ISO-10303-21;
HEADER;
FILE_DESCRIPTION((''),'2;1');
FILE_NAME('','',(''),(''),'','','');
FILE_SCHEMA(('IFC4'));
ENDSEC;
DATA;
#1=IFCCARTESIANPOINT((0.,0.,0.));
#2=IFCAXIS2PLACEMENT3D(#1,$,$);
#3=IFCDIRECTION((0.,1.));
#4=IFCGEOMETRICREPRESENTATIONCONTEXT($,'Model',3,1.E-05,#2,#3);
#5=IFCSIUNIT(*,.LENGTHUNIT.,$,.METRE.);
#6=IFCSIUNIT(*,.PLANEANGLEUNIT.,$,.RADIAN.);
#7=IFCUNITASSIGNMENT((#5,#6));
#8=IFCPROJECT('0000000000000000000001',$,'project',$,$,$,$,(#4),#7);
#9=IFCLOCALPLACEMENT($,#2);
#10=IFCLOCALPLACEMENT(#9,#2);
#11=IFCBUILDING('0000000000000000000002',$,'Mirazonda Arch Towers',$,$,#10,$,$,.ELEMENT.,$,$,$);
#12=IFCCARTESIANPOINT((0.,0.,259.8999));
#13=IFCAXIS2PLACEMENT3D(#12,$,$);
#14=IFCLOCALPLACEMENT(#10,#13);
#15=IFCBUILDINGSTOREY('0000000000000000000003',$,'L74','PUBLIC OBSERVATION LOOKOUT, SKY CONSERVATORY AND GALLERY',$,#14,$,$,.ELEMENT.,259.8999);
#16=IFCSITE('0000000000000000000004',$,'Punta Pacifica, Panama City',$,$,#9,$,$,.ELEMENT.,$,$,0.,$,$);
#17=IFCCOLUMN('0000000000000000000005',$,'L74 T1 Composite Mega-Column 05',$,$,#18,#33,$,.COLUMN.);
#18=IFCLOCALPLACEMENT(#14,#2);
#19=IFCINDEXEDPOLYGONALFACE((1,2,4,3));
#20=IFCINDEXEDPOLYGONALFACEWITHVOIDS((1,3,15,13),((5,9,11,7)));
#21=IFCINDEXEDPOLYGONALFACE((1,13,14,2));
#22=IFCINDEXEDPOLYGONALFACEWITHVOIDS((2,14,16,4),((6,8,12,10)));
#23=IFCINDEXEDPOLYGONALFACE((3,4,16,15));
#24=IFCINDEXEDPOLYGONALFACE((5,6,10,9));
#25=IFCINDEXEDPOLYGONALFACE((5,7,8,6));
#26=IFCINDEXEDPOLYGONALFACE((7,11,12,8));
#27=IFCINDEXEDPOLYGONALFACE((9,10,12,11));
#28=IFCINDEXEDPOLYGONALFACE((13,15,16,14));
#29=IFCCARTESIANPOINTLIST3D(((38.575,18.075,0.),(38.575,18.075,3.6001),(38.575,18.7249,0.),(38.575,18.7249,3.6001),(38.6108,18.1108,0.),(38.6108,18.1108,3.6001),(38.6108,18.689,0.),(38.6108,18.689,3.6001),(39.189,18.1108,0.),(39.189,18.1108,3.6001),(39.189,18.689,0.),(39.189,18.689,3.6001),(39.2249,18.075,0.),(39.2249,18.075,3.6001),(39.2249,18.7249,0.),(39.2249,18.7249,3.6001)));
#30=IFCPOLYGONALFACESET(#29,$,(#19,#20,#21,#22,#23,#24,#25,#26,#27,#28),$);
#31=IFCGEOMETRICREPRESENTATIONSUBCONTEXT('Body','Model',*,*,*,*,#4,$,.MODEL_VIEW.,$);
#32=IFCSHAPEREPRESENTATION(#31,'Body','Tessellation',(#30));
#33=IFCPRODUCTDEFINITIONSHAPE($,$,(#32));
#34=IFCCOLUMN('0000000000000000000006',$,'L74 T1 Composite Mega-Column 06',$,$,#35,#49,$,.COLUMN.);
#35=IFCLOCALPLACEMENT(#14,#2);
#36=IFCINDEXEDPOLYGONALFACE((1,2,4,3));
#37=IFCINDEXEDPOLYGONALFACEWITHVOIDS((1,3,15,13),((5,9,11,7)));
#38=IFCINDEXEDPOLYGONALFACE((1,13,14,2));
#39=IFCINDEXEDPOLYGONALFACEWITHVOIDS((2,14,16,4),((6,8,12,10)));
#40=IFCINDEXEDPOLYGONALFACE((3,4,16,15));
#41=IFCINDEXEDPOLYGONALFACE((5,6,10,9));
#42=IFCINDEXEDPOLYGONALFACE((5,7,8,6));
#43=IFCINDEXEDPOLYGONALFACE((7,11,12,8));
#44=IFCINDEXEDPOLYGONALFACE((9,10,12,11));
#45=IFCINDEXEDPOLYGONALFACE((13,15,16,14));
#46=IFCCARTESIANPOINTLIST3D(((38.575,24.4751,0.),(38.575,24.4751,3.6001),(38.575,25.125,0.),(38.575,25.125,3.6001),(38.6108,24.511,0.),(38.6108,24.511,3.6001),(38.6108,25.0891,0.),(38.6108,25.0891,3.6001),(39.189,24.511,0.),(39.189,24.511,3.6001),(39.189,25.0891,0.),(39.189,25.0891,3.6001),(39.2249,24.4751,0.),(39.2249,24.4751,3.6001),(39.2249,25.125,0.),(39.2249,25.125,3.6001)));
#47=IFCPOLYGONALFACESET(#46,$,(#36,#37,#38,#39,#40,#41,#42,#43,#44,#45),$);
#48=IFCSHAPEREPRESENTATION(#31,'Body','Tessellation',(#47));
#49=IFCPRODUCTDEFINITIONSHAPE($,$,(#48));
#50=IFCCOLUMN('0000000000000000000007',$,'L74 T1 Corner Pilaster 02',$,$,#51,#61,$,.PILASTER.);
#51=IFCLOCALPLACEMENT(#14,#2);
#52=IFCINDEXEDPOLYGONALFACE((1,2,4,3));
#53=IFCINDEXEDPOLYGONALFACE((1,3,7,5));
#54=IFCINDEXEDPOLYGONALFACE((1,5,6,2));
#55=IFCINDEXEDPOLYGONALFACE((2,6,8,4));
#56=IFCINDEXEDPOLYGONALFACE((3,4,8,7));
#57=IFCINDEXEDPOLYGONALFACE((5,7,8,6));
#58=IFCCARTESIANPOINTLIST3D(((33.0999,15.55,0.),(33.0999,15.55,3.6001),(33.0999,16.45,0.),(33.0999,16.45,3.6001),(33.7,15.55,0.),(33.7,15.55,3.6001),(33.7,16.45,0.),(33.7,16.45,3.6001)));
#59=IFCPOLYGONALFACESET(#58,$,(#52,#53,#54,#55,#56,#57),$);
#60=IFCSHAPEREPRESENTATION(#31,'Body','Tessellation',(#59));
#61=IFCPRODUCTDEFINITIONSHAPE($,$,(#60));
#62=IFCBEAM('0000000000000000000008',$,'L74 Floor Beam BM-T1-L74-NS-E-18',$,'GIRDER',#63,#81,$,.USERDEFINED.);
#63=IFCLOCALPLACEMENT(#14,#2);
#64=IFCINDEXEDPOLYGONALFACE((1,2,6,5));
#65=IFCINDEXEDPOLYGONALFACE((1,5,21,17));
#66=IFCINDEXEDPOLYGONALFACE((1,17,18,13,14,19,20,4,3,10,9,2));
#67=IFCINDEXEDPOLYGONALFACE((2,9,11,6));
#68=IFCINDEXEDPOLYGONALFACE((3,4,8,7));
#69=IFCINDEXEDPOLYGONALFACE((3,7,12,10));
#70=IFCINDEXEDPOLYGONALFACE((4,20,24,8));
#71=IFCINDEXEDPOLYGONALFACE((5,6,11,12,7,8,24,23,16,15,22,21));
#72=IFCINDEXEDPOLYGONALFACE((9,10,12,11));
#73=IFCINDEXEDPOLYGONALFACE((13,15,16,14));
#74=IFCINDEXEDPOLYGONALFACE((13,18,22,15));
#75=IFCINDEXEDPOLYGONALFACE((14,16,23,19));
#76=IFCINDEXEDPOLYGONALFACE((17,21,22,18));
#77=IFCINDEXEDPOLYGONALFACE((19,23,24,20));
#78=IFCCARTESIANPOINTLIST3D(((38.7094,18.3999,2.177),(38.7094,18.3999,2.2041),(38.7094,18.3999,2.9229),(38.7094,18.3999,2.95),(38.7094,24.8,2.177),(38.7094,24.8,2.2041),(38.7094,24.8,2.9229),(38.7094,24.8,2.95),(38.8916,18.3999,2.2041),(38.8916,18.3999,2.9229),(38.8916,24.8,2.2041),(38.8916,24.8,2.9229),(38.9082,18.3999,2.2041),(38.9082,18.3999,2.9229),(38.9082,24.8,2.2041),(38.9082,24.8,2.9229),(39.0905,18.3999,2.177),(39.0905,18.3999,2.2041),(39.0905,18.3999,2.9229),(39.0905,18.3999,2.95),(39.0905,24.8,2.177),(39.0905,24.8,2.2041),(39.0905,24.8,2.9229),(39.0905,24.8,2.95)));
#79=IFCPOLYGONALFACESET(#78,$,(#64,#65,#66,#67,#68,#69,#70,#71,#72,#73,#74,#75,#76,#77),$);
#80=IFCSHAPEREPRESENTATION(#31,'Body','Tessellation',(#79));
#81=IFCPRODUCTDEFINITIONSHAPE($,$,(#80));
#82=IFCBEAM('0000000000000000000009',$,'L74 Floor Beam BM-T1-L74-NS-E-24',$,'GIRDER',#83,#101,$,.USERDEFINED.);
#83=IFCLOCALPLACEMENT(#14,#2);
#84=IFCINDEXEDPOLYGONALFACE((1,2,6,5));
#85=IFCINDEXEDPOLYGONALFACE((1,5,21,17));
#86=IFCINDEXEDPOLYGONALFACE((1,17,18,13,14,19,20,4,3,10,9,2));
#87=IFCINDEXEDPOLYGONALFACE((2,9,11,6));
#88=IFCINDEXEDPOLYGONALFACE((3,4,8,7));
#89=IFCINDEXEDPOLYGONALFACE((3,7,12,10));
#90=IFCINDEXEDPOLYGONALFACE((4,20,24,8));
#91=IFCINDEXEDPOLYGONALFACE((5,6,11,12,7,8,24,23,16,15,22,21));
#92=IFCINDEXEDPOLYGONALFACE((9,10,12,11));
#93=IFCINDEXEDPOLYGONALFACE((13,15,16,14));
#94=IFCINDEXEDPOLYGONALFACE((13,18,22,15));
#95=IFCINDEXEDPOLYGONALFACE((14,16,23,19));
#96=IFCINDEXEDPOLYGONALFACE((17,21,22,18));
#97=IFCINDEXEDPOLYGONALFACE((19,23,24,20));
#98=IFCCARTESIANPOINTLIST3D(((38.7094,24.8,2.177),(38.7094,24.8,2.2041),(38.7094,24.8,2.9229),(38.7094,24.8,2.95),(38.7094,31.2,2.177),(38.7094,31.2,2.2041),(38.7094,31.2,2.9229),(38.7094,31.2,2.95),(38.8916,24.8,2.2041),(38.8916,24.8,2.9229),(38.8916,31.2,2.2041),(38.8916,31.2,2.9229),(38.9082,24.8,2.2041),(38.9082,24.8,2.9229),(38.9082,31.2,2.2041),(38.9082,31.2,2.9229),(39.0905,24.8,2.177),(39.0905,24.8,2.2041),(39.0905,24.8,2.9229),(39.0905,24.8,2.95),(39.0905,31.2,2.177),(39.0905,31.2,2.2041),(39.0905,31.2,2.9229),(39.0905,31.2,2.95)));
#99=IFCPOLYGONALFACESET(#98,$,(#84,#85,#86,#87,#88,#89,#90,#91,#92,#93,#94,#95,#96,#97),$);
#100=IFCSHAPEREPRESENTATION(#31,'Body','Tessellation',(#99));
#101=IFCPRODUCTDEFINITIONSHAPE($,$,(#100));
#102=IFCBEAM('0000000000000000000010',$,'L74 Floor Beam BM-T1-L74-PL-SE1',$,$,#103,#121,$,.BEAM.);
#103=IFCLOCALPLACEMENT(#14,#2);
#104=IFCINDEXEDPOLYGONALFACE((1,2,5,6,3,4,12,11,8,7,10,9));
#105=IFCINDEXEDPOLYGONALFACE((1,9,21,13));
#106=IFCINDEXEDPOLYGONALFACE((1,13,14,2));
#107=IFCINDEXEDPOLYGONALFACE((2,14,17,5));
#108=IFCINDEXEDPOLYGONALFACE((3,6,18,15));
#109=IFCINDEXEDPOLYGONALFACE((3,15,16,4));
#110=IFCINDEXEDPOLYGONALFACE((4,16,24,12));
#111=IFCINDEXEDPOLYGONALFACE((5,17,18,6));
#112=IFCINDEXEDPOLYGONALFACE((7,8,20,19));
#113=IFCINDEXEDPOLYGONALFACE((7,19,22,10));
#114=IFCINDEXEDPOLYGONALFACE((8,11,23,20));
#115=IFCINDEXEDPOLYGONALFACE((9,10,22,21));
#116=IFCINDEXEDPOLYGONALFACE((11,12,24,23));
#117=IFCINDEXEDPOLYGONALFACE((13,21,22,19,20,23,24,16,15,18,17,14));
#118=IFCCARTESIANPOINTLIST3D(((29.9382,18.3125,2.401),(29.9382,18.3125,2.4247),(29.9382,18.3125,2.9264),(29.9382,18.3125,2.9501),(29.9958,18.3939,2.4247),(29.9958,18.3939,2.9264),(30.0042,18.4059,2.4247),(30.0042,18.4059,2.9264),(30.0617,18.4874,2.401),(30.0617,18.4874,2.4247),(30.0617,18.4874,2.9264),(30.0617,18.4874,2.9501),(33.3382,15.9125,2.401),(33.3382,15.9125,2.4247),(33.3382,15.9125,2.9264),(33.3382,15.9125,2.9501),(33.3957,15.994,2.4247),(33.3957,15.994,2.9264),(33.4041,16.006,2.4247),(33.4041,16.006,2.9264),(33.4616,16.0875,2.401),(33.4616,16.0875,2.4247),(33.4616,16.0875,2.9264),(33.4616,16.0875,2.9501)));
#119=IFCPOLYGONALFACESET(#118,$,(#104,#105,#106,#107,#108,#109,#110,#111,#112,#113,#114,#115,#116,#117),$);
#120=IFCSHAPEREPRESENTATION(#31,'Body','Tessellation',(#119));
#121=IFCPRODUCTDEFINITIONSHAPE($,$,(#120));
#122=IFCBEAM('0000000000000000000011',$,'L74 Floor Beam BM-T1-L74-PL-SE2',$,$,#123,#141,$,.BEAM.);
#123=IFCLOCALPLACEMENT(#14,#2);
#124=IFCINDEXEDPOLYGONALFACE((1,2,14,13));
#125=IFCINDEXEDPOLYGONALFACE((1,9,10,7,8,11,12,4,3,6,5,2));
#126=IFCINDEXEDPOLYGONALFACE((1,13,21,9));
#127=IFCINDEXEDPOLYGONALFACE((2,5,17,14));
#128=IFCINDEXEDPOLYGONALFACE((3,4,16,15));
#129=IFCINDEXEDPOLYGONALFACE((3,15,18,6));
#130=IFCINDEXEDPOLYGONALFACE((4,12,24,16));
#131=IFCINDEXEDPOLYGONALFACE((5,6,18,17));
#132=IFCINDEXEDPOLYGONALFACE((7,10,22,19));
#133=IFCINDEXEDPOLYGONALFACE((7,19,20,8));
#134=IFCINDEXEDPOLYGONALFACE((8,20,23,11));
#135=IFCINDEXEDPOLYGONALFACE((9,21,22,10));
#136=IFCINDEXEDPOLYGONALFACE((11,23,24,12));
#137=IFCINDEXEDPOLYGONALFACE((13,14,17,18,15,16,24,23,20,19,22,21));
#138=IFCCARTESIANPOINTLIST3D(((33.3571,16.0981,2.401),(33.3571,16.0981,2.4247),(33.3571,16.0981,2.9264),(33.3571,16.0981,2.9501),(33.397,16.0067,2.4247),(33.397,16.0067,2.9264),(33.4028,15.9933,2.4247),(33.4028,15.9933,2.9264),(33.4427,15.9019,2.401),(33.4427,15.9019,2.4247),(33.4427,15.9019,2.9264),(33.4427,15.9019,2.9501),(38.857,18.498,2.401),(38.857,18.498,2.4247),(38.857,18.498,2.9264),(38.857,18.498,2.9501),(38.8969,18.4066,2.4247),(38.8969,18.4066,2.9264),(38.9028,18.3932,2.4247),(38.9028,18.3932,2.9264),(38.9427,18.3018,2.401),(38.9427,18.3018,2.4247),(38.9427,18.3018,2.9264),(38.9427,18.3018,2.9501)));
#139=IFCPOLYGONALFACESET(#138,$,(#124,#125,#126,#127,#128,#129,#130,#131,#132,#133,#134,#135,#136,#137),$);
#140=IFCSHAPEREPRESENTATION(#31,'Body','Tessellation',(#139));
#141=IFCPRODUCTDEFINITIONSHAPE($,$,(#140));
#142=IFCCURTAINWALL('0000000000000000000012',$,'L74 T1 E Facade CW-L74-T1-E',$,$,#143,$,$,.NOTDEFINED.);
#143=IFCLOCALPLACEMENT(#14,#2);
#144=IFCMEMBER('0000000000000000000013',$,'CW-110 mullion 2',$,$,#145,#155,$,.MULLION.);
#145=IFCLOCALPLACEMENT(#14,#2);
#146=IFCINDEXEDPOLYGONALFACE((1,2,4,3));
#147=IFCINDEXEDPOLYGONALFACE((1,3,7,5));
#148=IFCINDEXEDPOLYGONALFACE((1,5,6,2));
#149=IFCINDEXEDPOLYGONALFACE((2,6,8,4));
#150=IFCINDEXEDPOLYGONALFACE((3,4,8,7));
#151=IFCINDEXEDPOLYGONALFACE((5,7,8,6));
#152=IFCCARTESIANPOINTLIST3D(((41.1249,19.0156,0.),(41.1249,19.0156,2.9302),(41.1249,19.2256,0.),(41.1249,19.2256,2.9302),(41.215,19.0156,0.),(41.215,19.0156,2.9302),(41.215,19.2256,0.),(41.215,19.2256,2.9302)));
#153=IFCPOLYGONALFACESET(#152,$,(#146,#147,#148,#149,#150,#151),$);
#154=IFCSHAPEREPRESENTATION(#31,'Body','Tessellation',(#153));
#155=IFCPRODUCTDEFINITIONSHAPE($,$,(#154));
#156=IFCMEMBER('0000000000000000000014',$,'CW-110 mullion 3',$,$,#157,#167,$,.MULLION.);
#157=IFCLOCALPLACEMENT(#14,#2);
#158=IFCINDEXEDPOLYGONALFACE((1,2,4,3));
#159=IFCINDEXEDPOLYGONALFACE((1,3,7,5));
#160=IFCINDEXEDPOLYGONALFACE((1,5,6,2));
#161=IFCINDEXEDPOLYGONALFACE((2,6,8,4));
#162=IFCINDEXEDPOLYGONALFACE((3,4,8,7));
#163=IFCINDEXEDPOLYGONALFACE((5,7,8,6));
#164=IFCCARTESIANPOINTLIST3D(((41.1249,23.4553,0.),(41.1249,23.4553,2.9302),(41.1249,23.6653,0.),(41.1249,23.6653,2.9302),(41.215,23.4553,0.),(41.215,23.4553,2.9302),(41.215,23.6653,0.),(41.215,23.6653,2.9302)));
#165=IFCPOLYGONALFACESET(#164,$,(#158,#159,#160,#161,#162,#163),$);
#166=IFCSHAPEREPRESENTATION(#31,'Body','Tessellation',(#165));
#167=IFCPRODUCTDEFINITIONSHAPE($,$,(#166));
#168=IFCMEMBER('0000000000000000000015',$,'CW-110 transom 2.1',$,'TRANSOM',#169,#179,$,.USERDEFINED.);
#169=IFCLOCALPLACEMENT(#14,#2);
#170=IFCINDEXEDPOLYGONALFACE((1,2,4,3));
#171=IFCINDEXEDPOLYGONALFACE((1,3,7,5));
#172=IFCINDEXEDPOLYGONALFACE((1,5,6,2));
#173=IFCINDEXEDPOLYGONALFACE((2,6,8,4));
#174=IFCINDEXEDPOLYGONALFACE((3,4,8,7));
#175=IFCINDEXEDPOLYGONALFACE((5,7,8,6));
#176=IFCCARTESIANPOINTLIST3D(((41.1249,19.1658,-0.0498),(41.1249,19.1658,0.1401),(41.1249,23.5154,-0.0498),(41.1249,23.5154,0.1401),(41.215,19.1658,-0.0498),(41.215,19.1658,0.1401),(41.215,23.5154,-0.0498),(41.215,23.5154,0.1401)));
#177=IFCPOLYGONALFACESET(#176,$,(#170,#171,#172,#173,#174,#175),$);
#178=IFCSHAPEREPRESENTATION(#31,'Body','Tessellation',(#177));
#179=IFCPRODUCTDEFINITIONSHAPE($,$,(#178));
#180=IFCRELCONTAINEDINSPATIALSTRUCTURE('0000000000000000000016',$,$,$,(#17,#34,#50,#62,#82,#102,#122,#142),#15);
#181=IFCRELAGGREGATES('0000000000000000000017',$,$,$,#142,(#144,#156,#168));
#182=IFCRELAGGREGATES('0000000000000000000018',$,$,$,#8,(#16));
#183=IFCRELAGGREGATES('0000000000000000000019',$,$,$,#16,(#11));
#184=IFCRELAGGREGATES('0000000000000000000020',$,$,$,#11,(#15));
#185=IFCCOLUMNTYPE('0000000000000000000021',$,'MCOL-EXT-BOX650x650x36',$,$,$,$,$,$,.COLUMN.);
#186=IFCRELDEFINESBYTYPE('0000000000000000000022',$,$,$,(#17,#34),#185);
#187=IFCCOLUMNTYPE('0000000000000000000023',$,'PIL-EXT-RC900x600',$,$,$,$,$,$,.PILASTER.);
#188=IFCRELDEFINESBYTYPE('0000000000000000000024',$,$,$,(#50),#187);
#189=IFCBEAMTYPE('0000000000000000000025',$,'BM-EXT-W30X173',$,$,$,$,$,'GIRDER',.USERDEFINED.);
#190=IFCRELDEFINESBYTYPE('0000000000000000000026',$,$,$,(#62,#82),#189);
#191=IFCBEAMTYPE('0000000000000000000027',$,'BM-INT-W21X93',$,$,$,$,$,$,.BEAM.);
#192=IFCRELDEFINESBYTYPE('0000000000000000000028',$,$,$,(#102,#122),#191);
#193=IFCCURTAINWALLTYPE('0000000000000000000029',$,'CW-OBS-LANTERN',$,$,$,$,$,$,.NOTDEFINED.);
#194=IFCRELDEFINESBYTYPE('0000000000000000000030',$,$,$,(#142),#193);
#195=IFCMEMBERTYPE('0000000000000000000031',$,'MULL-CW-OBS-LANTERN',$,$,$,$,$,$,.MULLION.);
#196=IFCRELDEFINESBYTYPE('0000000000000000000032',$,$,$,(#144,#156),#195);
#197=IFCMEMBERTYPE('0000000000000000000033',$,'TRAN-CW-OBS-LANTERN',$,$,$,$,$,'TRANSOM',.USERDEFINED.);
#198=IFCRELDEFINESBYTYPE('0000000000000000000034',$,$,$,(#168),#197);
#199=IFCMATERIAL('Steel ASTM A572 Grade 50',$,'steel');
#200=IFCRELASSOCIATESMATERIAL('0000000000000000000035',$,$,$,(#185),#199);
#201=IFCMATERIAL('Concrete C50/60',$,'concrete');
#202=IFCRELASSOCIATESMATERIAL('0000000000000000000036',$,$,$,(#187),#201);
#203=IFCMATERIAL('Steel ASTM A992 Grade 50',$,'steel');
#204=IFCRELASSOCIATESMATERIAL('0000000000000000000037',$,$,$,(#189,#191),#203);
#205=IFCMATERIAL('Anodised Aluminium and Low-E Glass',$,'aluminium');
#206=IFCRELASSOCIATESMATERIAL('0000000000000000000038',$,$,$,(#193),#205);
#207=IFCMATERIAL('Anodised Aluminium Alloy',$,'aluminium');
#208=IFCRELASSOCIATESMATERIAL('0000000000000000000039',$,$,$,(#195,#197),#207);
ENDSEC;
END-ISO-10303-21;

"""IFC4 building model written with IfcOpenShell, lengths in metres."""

from ifc_helpers import new_model, si_unit, direction, frame, origin, origin_2d, place, context, subcontext, project, spatial, rectangle, hollow_rectangle, i_section, extrude, material, material_profile, profile_set, type_object, element, aggregate, save


model = new_model("IFC4")

# Units and contexts
model_context = context("Model", 3, precision=1e-05, world=origin(), true_north=direction((0.0, 1.0)))
body_context = subcontext(model_context, "Body", "Model", "MODEL_VIEW")
ifc_project = project(units=[si_unit("LENGTHUNIT", "METRE"), si_unit("PLANEANGLEUNIT", "RADIAN")], contexts=[model_context])

# Site, building, storey
site_placement = place(None, origin())
site = spatial("IfcSite", under=ifc_project, at=site_placement, Name="Punta Pacifica, Panama City", CompositionType="ELEMENT", RefElevation=0.0)
building_placement = place(site_placement, origin())
building = spatial("IfcBuilding", under=site, at=building_placement, Name="Mirazonda Arch Towers", CompositionType="ELEMENT")
storey_placement = place(building_placement, frame((0.0, 0.0, 259.8999)))
storey = spatial("IfcBuildingStorey", under=building, at=storey_placement, Name="L74", Description="PUBLIC OBSERVATION LOOKOUT, SKY CONSERVATORY AND GALLERY", CompositionType="ELEMENT", Elevation=259.8999)

# Columns
ifc_material_1 = material(Name="Steel ASTM A572 Grade 50", Category="steel")
ifc_material_profile_1 = material_profile(ifc_material_1, hollow_rectangle(XDim=0.6499, YDim=0.6499, WallThickness=0.0359, at=origin_2d()), Name="BOX650x650x36")
ifc_profile_set_1 = profile_set([ifc_material_profile_1], Name="Steel ASTM A572 Grade 50")
column_type_1 = type_object("IfcColumnType", Name="MCOL-EXT-BOX650x650x36", PredefinedType="COLUMN", material=ifc_profile_set_1)
for number, where, z_axis, x_axis, name in (
    (1, (38.8999, 18.3999, 0.0), (0.0, 0.0, 1.0), (1.0, 0.0, 0.0), "L74 T1 Composite Mega-Column 05"),
    (2, (38.8999, 24.8, 0.0), (0.0, 0.0, 1.0), (1.0, 0.0, 0.0), "L74 T1 Composite Mega-Column 06"),
):
    element("IfcColumn", number, at=place(storey_placement, frame(where, z_axis=z_axis, x_axis=x_axis)), inside=storey, type_object=column_type_1, Name=name, PredefinedType="COLUMN", context=body_context, shape_type="SweptSolid", body=[
        extrude(hollow_rectangle(XDim=0.6499, YDim=0.6499, WallThickness=0.0359, at=origin_2d()), origin(), (0.0, 0.0, 1.0), 3.6001),
    ])
ifc_material_2 = material(Name="Concrete C50/60", Category="concrete")
ifc_material_profile_2 = material_profile(ifc_material_2, rectangle(XDim=0.6001, YDim=0.8999, at=origin_2d()), Name="RC900x600")
ifc_profile_set_2 = profile_set([ifc_material_profile_2], Name="Concrete C50/60")
column_type_2 = type_object("IfcColumnType", Name="PIL-EXT-RC900x600", PredefinedType="PILASTER", material=ifc_profile_set_2)
column_placement = place(storey_placement, frame((33.3999, 16.0, 0.0), z_axis=(0.0, 0.0, 1.0), x_axis=(1.0, 0.0, 0.0)))
element("IfcColumn", 3, at=column_placement, inside=storey, type_object=column_type_2, Name="L74 T1 Corner Pilaster 02", PredefinedType="PILASTER", context=body_context, shape_type="SweptSolid", body=[
    extrude(rectangle(XDim=0.6001, YDim=0.8999, at=origin_2d()), origin(), (0.0, 0.0, 1.0), 3.6001),
])

# Beams
ifc_material_3 = material(Name="Steel ASTM A992 Grade 50", Category="steel")
ifc_material_profile_3 = material_profile(ifc_material_3, i_section(OverallWidth=0.3811, OverallDepth=0.7729, WebThickness=0.0166, FlangeThickness=0.0271, at=origin_2d()), Name="W30X173")
ifc_profile_set_3 = profile_set([ifc_material_profile_3], Name="Steel ASTM A992 Grade 50")
beam_type_1 = type_object("IfcBeamType", Name="BM-EXT-W30X173", ElementType="GIRDER", PredefinedType="USERDEFINED", material=ifc_profile_set_3)
beam_1_placement = place(storey_placement, frame((38.8999, 18.3999, 2.5635), z_axis=(0.0, 1.0, 0.0), x_axis=(-1.0, 0.0, 0.0)))
element("IfcBeam", 4, at=beam_1_placement, inside=storey, type_object=beam_type_1, Name="L74 Floor Beam BM-T1-L74-NS-E-18", ObjectType="GIRDER", PredefinedType="USERDEFINED", context=body_context, shape_type="SweptSolid", body=[
    extrude(i_section(OverallWidth=0.3811, OverallDepth=0.7729, WebThickness=0.0166, FlangeThickness=0.0271, at=origin_2d()), origin(), (0.0, 0.0, 1.0), 6.4001),
])
beam_2_placement = place(storey_placement, frame((38.8999, 24.8, 2.5635), z_axis=(0.0, 1.0, 0.0), x_axis=(-1.0, 0.0, 0.0)))
element("IfcBeam", 5, at=beam_2_placement, inside=storey, type_object=beam_type_1, Name="L74 Floor Beam BM-T1-L74-NS-E-24", ObjectType="GIRDER", PredefinedType="USERDEFINED", context=body_context, shape_type="SweptSolid", body=[
    extrude(i_section(OverallWidth=0.3811, OverallDepth=0.7729, WebThickness=0.0166, FlangeThickness=0.0271, at=origin_2d()), origin(), (0.0, 0.0, 1.0), 6.3999),
])
ifc_material_profile_4 = material_profile(ifc_material_3, i_section(OverallWidth=0.2141, OverallDepth=0.5491, WebThickness=0.0146, FlangeThickness=0.0237, at=origin_2d()), Name="W21X93")
ifc_profile_set_4 = profile_set([ifc_material_profile_4], Name="Steel ASTM A992 Grade 50")
beam_type_2 = type_object("IfcBeamType", Name="BM-INT-W21X93", PredefinedType="BEAM", material=ifc_profile_set_4)
beam_3_placement = place(storey_placement, frame((33.3999, 16.0, 2.6755), z_axis=(-0.816971, 0.576679, 0.0), x_axis=(-0.576679, -0.816971, 0.0)))
element("IfcBeam", 6, at=beam_3_placement, inside=storey, type_object=beam_type_2, Name="L74 Floor Beam BM-T1-L74-PL-SE1", PredefinedType="BEAM", context=body_context, shape_type="SweptSolid", body=[
    extrude(i_section(OverallWidth=0.2141, OverallDepth=0.5491, WebThickness=0.0146, FlangeThickness=0.0237, at=origin_2d()), origin(), (0.0, 0.0, 1.0), 4.1616),
])
beam_4_placement = place(storey_placement, frame((33.3999, 16.0, 2.6755), z_axis=(0.916545, 0.399931, 0.0), x_axis=(-0.399931, 0.916545, 0.0)))
element("IfcBeam", 7, at=beam_4_placement, inside=storey, type_object=beam_type_2, Name="L74 Floor Beam BM-T1-L74-PL-SE2", PredefinedType="BEAM", context=body_context, shape_type="SweptSolid", body=[
    extrude(i_section(OverallWidth=0.2141, OverallDepth=0.5491, WebThickness=0.0146, FlangeThickness=0.0237, at=origin_2d()), origin(), (0.0, 0.0, 1.0), 6.0007),
])

# Curtain wall, members
ifc_material_4 = material(Name="Anodised Aluminium and Low-E Glass", Category="aluminium")
curtain_wall_type = type_object("IfcCurtainWallType", Name="CW-OBS-LANTERN", PredefinedType="NOTDEFINED", material=ifc_material_4)
curtain_wall_placement = place(storey_placement, origin())
curtain_wall = element("IfcCurtainWall", 8, at=curtain_wall_placement, inside=storey, type_object=curtain_wall_type, Name="L74 T1 E Facade CW-L74-T1-E", PredefinedType="NOTDEFINED")
ifc_material_5 = material(Name="Anodised Aluminium Alloy", Category="aluminium")
ifc_material_profile_5 = material_profile(ifc_material_5, rectangle(XDim=0.0901, YDim=0.21, at=origin_2d()), Name="ALU-MULL-90x210")
ifc_profile_set_5 = profile_set([ifc_material_profile_5], Name="Anodised Aluminium Alloy")
member_type_1 = type_object("IfcMemberType", Name="MULL-CW-OBS-LANTERN", PredefinedType="MULLION", material=ifc_profile_set_5)
member_1_placement = place(storey_placement, frame((41.1699, 19.1206, 0.0), z_axis=(0.0, 0.0, 1.0), x_axis=(-1.0, 0.0, 0.0)))
member_1 = element("IfcMember", 9, at=member_1_placement, type_object=member_type_1, Name="CW-110 mullion 2", PredefinedType="MULLION", context=body_context, shape_type="SweptSolid", body=[
    extrude(rectangle(XDim=0.0901, YDim=0.21, at=origin_2d()), origin(), (0.0, 0.0, 1.0), 2.9302),
])
member_2_placement = place(storey_placement, frame((41.1699, 23.5603, 0.0), z_axis=(0.0, 0.0, 1.0), x_axis=(-1.0, 0.0, 0.0)))
member_2 = element("IfcMember", 10, at=member_2_placement, type_object=member_type_1, Name="CW-110 mullion 3", PredefinedType="MULLION", context=body_context, shape_type="SweptSolid", body=[
    extrude(rectangle(XDim=0.0901, YDim=0.21, at=origin_2d()), origin(), (0.0, 0.0, 1.0), 2.9302),
])
ifc_material_profile_6 = material_profile(ifc_material_5, rectangle(XDim=0.0901, YDim=0.1899, at=origin_2d()), Name="ALU-TRAN-90x190")
ifc_profile_set_6 = profile_set([ifc_material_profile_6], Name="Anodised Aluminium Alloy")
member_type_2 = type_object("IfcMemberType", Name="TRAN-CW-OBS-LANTERN", ElementType="TRANSOM", PredefinedType="USERDEFINED", material=ifc_profile_set_6)
member_3_placement = place(storey_placement, frame((41.1699, 19.1658, 0.0452), z_axis=(0.0, 1.0, 0.0), x_axis=(-1.0, 0.0, 0.0)))
member_3 = element("IfcMember", 11, at=member_3_placement, type_object=member_type_2, Name="CW-110 transom 2.1", ObjectType="TRANSOM", PredefinedType="USERDEFINED", context=body_context, shape_type="SweptSolid", body=[
    extrude(rectangle(XDim=0.0901, YDim=0.1899, at=origin_2d()), origin(), (0.0, 0.0, 1.0), 4.3496),
])
aggregate(curtain_wall, [member_1, member_2, member_3])

save(model, "model.ifc")
